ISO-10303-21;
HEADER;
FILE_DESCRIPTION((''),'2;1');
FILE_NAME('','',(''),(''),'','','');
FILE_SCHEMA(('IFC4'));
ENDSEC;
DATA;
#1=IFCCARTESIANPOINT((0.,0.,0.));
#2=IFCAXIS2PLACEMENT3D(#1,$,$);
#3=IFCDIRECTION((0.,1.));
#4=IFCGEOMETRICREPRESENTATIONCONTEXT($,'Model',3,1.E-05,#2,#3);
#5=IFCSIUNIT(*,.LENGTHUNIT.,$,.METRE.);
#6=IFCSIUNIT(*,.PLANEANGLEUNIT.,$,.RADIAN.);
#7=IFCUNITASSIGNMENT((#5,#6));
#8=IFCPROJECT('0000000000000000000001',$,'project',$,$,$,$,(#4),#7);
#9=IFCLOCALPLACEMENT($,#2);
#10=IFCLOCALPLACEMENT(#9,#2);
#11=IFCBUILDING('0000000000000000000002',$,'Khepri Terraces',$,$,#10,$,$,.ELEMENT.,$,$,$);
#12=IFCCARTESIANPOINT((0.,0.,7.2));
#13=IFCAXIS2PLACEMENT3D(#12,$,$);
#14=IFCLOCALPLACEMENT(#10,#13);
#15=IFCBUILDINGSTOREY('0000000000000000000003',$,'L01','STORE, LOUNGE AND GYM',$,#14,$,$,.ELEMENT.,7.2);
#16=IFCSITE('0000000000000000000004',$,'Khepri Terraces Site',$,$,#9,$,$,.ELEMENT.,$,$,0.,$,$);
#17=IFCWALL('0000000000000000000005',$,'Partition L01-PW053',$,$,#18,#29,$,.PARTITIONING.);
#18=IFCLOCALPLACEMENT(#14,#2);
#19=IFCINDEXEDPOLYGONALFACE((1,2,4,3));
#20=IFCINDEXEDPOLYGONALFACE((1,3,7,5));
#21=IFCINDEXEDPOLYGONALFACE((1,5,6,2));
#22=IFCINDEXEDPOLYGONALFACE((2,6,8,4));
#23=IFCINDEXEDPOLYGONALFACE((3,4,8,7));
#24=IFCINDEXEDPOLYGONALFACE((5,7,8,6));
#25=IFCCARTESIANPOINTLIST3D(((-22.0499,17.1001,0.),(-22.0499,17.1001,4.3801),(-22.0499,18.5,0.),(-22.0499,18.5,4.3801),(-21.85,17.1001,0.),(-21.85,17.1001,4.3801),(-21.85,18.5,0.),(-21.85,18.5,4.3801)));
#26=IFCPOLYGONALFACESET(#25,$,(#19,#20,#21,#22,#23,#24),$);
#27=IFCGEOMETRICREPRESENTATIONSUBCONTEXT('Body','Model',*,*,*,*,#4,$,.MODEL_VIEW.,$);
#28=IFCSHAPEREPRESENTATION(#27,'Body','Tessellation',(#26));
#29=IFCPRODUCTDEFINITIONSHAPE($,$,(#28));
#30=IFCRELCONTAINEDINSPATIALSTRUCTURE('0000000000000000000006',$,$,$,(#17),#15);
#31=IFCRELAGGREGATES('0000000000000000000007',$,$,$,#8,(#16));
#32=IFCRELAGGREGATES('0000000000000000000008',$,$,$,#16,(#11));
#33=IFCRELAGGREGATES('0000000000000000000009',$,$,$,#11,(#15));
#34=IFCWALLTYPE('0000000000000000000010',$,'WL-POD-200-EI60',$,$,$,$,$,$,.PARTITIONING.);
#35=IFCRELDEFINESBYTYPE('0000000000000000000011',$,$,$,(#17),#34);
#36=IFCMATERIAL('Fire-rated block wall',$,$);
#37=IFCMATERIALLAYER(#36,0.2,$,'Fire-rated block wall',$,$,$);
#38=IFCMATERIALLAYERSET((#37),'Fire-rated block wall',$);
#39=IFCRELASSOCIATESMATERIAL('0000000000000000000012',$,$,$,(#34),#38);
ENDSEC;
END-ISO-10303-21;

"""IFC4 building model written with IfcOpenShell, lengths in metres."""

from ifc_helpers import new_model, si_unit, direction, frame, frame_2d, origin, place, context, subcontext, project, spatial, rectangle, extrude, material, layer, layer_set, type_object, element, save


model = new_model("IFC4")

# Units and contexts
model_context = context("Model", 3, precision=1e-05, world=origin(), true_north=direction((0.0, 1.0)))
body_context = subcontext(model_context, "Body", "Model", "MODEL_VIEW")
ifc_project = project(units=[si_unit("LENGTHUNIT", "METRE"), si_unit("PLANEANGLEUNIT", "RADIAN")], contexts=[model_context])

# Site, building, storey
site_placement = place(None, origin())
site = spatial("IfcSite", under=ifc_project, at=site_placement, Name="Khepri Terraces Site", CompositionType="ELEMENT", RefElevation=0.0)
building_placement = place(site_placement, origin())
building = spatial("IfcBuilding", under=site, at=building_placement, Name="Khepri Terraces", CompositionType="ELEMENT")
storey_placement = place(building_placement, frame((0.0, 0.0, 7.2)))
storey = spatial("IfcBuildingStorey", under=building, at=storey_placement, Name="L01", Description="STORE, LOUNGE AND GYM", CompositionType="ELEMENT", Elevation=7.2)

# Shared definitions
ifc_material_1 = material(Name="Fire-rated block wall")
ifc_layer_1 = layer(ifc_material_1, 0.2, Name="Fire-rated block wall")
ifc_layer_set_1 = layer_set([ifc_layer_1], Name="Fire-rated block wall")
wall_type_1 = type_object("IfcWallType", Name="WL-POD-200-EI60", PredefinedType="PARTITIONING", material=ifc_layer_set_1)

# Wall
wall_1_placement = place(storey_placement, frame((-21.95, 17.1001, 0.0), z_axis=(0.0, 0.0, 1.0), x_axis=(0.0, 1.0, 0.0)))
element("IfcWall", 1, at=wall_1_placement, inside=storey, type_object=wall_type_1, Name="Partition L01-PW053", PredefinedType="PARTITIONING", context=body_context, shape_type="SweptSolid", body=[
    extrude(rectangle(XDim=1.3999, YDim=0.2, at=frame_2d((0.7, 0.0))), origin(), (0.0, 0.0, 1.0), 4.3801),
])

save(model, "model.ifc")
